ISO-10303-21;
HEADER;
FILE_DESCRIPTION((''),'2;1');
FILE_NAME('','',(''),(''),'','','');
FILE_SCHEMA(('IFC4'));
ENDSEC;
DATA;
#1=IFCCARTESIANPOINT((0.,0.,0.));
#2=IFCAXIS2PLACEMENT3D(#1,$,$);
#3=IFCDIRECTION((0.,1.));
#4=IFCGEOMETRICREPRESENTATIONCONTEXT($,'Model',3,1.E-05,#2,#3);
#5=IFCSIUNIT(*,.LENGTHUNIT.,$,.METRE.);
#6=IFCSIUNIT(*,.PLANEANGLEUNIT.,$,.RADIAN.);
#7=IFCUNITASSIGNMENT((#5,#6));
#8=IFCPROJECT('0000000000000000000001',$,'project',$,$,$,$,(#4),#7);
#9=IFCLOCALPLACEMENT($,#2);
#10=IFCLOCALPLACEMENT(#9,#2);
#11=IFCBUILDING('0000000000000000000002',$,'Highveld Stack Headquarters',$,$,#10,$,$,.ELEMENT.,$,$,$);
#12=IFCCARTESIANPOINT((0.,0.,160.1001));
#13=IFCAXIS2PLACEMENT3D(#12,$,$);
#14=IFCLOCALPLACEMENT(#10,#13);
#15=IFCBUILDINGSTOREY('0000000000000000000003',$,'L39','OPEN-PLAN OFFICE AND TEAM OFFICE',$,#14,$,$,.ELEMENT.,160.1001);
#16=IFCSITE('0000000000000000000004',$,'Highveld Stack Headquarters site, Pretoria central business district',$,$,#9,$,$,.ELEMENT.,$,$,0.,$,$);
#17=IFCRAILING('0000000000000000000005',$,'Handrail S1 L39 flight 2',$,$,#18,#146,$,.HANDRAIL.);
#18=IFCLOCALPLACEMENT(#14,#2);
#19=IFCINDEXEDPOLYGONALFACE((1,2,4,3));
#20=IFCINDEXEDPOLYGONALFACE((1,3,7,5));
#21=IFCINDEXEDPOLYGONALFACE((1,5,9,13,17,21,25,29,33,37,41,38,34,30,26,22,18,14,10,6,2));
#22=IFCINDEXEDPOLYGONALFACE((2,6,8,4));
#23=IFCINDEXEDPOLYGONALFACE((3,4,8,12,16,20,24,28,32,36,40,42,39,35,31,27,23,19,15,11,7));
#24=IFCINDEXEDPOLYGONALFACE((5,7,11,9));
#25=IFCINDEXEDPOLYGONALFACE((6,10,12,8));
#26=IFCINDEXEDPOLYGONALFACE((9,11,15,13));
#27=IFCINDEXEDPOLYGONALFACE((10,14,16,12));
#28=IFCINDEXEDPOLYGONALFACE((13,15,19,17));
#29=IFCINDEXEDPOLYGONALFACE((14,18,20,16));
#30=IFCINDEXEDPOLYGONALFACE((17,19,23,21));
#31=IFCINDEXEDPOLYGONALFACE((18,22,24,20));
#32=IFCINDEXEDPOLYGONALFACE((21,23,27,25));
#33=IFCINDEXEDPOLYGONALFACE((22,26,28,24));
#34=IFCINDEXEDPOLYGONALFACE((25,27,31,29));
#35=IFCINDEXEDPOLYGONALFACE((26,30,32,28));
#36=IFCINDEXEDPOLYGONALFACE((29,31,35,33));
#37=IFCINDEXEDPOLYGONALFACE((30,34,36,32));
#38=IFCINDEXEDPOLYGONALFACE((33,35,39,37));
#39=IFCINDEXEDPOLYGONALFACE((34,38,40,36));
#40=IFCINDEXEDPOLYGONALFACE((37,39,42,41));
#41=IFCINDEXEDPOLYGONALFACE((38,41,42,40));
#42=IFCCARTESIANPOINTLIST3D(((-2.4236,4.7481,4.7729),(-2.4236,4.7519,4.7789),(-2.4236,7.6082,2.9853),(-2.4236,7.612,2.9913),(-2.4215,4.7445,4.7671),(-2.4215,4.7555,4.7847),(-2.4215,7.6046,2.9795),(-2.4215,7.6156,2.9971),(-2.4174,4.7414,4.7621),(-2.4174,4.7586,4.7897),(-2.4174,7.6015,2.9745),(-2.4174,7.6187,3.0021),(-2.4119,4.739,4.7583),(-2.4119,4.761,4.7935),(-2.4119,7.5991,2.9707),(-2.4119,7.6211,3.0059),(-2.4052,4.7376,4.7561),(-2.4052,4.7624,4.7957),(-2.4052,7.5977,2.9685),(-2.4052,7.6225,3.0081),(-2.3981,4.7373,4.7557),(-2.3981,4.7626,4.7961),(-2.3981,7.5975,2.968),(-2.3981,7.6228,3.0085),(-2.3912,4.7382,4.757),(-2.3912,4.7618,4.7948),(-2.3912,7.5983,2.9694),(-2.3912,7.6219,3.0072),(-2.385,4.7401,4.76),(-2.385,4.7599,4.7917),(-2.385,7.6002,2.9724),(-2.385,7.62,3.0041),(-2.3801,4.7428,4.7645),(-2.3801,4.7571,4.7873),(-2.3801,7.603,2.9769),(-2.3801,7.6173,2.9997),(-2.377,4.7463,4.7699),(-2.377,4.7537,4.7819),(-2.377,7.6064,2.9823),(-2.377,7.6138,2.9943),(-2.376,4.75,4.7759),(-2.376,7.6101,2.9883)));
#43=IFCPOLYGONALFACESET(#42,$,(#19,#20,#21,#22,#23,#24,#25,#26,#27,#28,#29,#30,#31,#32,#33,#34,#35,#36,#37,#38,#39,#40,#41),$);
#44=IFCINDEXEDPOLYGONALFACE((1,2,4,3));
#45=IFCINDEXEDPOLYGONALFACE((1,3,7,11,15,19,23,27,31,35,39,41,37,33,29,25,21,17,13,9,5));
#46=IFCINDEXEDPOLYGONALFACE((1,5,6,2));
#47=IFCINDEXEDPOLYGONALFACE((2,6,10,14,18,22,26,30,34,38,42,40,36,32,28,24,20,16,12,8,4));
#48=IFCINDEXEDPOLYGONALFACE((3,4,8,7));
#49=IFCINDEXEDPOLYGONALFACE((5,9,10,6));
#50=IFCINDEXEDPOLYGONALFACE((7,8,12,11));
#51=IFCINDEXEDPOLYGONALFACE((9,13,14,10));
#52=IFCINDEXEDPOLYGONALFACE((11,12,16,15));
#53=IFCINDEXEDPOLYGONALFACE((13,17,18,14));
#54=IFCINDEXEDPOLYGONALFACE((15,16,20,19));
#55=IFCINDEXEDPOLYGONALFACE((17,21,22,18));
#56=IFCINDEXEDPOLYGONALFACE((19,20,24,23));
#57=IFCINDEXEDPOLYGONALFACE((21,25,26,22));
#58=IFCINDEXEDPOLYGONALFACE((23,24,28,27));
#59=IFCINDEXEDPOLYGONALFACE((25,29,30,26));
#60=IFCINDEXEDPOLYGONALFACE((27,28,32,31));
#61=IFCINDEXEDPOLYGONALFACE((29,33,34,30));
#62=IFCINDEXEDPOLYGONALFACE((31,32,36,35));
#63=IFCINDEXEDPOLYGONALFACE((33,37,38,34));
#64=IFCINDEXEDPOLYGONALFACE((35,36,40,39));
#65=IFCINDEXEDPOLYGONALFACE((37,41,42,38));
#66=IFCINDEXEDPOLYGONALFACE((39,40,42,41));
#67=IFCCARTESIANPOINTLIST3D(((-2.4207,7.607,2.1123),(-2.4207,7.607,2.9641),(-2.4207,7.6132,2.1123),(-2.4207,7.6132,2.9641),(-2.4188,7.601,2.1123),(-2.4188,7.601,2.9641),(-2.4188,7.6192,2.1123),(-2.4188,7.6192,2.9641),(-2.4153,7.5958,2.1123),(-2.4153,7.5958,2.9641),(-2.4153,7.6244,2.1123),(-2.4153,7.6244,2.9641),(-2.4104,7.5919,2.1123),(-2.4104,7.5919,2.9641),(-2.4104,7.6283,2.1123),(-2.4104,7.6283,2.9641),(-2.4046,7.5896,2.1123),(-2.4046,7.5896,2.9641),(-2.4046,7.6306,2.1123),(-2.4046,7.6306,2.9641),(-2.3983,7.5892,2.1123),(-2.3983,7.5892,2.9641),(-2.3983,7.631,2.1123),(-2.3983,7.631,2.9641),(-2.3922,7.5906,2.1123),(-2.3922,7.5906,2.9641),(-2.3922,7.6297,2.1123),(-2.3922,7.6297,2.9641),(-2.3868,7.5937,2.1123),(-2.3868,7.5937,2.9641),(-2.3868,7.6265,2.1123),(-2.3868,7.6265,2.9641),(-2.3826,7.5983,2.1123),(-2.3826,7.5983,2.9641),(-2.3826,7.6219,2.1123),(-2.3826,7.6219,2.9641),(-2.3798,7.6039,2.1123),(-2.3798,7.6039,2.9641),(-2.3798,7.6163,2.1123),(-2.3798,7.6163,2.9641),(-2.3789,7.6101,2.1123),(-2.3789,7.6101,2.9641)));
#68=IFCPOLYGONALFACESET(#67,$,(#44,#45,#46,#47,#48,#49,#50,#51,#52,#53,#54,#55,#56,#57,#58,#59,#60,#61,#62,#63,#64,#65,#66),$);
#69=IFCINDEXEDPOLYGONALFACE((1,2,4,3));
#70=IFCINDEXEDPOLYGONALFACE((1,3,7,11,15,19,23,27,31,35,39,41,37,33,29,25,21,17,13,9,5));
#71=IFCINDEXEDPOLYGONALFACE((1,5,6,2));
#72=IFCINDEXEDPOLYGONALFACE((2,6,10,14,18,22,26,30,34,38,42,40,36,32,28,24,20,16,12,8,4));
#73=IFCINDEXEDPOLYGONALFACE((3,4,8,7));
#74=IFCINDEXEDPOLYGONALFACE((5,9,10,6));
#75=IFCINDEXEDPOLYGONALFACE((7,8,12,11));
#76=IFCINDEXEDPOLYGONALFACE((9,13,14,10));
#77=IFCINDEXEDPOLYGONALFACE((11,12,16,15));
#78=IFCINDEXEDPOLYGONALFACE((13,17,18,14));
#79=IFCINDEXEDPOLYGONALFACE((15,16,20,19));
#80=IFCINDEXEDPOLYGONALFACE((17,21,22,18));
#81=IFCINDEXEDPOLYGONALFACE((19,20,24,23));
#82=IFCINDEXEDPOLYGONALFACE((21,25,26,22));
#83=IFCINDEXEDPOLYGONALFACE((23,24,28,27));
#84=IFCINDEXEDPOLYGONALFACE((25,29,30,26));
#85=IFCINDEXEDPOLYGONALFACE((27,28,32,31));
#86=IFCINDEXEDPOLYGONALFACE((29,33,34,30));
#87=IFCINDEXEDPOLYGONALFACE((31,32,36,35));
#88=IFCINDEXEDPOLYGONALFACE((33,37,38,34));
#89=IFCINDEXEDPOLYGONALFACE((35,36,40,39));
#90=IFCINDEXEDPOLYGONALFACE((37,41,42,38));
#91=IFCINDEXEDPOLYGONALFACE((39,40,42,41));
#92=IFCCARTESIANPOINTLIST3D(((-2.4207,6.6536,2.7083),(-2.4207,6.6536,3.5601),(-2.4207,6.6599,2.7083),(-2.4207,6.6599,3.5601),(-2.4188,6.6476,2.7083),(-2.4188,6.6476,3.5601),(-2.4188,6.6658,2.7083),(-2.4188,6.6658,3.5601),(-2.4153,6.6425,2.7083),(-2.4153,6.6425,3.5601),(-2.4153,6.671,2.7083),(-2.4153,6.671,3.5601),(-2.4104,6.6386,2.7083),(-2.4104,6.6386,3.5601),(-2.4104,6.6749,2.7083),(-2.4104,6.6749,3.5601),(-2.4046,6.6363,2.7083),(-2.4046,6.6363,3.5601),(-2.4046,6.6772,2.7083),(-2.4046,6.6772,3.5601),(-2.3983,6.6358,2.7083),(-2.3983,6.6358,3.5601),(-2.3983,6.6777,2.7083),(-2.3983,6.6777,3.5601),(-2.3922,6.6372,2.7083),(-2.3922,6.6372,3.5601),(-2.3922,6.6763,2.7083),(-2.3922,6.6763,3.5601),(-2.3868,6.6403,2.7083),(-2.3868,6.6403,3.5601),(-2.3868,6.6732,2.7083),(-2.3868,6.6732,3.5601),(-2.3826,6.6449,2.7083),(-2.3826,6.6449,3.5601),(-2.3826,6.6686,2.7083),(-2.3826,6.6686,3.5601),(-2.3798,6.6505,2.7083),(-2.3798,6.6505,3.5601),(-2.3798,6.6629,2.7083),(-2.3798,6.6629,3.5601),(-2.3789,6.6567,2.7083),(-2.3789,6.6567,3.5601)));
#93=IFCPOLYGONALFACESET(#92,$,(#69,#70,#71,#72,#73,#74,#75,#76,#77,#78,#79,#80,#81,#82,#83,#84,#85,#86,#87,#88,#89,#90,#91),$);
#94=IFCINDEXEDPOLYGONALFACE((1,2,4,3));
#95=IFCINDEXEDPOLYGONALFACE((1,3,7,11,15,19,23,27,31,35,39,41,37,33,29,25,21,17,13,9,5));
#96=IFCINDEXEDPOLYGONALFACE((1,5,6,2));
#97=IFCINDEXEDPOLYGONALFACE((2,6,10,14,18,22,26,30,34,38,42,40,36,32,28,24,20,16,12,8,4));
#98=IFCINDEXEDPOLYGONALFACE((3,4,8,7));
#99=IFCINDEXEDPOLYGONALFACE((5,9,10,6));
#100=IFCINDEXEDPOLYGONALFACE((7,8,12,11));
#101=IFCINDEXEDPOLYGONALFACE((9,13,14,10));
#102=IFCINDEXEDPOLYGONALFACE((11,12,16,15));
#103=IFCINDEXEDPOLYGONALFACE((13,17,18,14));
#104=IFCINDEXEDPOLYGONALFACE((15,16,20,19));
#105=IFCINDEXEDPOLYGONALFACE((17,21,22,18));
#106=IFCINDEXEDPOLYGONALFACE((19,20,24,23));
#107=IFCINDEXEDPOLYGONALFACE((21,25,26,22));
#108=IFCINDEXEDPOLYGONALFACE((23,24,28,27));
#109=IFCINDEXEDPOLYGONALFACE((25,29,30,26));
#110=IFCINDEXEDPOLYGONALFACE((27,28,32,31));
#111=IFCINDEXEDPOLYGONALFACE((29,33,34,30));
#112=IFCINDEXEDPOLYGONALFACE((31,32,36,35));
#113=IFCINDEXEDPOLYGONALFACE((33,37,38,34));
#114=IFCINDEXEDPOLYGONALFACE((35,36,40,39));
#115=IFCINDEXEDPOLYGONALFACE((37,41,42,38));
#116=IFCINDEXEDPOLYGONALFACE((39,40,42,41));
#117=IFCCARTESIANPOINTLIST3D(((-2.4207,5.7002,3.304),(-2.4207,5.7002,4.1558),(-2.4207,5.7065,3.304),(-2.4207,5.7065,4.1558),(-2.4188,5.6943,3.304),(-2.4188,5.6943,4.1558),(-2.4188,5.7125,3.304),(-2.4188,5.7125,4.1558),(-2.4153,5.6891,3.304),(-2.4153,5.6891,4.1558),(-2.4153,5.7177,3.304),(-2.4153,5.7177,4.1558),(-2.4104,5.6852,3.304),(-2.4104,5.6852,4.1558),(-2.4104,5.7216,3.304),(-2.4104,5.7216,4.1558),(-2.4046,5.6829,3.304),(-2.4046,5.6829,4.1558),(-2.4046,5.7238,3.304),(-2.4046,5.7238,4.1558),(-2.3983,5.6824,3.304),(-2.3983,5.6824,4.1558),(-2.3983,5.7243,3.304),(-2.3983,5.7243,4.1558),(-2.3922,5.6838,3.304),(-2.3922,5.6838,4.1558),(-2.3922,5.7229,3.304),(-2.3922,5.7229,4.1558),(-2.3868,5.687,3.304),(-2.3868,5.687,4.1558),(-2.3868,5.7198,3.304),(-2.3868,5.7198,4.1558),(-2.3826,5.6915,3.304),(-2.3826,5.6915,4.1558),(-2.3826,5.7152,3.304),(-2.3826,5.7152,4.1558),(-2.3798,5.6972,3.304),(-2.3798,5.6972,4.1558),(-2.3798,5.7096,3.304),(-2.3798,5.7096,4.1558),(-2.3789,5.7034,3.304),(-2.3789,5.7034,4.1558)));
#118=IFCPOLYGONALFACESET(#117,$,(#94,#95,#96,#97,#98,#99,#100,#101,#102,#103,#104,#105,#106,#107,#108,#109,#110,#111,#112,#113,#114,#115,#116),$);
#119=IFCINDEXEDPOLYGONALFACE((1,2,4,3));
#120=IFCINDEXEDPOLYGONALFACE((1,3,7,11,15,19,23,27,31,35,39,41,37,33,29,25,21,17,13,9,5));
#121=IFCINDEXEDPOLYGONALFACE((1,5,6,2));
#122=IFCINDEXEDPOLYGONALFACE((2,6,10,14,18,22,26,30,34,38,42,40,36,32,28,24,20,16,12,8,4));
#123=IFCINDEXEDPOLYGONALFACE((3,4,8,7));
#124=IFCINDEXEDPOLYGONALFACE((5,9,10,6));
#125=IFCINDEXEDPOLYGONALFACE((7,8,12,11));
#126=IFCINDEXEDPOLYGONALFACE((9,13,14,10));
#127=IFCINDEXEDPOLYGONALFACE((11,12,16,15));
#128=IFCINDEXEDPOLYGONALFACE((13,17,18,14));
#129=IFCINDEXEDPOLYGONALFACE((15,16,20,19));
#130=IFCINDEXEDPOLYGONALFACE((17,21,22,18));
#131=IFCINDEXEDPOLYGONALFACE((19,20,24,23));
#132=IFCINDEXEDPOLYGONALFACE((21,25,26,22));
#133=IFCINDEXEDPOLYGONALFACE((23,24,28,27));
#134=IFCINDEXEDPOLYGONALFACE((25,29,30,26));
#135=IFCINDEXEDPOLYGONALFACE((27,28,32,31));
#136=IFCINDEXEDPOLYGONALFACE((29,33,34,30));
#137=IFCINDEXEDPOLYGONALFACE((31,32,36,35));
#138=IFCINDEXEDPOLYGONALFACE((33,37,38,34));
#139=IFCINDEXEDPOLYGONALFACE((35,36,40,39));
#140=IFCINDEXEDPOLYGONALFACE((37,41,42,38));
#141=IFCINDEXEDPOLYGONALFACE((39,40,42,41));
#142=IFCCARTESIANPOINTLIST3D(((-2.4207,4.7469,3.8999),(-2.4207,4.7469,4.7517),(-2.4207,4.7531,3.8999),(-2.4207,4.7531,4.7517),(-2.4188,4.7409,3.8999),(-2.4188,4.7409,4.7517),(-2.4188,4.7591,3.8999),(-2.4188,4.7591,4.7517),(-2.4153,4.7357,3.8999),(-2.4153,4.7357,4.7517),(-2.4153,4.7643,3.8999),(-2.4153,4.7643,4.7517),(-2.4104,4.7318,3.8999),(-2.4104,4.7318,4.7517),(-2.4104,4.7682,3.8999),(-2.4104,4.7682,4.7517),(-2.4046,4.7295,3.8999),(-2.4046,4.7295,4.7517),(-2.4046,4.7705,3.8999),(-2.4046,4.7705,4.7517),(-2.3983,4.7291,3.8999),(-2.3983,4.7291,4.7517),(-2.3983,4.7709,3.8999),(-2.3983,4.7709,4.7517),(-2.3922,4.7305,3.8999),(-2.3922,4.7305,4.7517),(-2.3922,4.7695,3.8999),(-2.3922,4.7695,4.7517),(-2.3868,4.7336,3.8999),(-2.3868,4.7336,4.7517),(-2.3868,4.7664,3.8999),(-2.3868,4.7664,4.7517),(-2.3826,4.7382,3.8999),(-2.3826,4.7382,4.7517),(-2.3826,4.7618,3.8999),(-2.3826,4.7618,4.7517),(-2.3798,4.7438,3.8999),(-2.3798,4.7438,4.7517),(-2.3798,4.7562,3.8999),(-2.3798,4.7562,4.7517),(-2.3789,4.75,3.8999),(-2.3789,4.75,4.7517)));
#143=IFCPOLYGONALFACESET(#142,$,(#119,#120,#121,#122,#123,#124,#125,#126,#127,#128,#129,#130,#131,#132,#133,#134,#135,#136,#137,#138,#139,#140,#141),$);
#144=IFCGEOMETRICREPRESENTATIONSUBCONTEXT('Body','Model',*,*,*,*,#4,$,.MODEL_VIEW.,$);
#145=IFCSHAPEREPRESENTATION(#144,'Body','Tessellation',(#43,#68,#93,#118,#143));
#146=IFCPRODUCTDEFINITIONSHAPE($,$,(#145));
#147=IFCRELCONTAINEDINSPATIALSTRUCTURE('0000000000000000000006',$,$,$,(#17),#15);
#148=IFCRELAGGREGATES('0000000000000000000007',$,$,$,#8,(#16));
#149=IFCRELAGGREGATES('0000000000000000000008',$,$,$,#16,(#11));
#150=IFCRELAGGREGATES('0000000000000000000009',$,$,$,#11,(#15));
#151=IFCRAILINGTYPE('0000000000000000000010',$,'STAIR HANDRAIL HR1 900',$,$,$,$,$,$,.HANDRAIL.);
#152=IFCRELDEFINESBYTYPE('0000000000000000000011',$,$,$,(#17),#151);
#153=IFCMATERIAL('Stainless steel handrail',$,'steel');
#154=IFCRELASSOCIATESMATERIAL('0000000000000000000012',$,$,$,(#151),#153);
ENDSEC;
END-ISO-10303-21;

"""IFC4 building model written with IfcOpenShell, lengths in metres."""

from ifc_helpers import new_model, si_unit, direction, frame, origin, origin_2d, place, context, subcontext, project, spatial, circle, extrude, material, type_object, element, save


model = new_model("IFC4")

# Units and contexts
model_context = context("Model", 3, precision=1e-05, world=origin(), true_north=direction((0.0, 1.0)))
body_context = subcontext(model_context, "Body", "Model", "MODEL_VIEW")
ifc_project = project(units=[si_unit("LENGTHUNIT", "METRE"), si_unit("PLANEANGLEUNIT", "RADIAN")], contexts=[model_context])

# Site, building, storey
site_placement = place(None, origin())
site = spatial("IfcSite", under=ifc_project, at=site_placement, Name="Highveld Stack Headquarters site, Pretoria central business district", CompositionType="ELEMENT", RefElevation=0.0)
building_placement = place(site_placement, origin())
building = spatial("IfcBuilding", under=site, at=building_placement, Name="Highveld Stack Headquarters", CompositionType="ELEMENT")
storey_placement = place(building_placement, frame((0.0, 0.0, 160.1001)))
storey = spatial("IfcBuildingStorey", under=building, at=storey_placement, Name="L39", Description="OPEN-PLAN OFFICE AND TEAM OFFICE", CompositionType="ELEMENT", Elevation=160.1001)

# Railing
ifc_material_1 = material(Name="Stainless steel handrail", Category="steel")
railing_type = type_object("IfcRailingType", Name="STAIR HANDRAIL HR1 900", PredefinedType="HANDRAIL", material=ifc_material_1)
for number, where, name in (
    (1, (-2.3999, 7.6101, 2.1123), "Handrail S1 L39 flight 2"),
):
    element("IfcRailing", number, at=place(storey_placement, frame(where)), inside=storey, type_object=railing_type, Name=name, PredefinedType="HANDRAIL", context=body_context, shape_type="SweptSolid", body=[
        extrude(circle(Radius=0.0239, at=origin_2d()), frame((0.0, 0.0, 0.876), z_axis=(0.0, -0.847994, 0.530005), x_axis=(1.0, 0.0, 0.0)), (0.0, 0.0, 1.0), 3.3728),
        extrude(circle(Radius=0.021, at=origin_2d()), origin(), (0.0, 0.0, 1.0), 0.8518),
        extrude(circle(Radius=0.021, at=origin_2d()), frame((0.0, -0.9534, 0.5959)), (0.0, 0.0, 1.0), 0.8518),
        extrude(circle(Radius=0.021, at=origin_2d()), frame((0.0, -1.9067, 1.1917)), (0.0, 0.0, 1.0), 0.8518),
        extrude(circle(Radius=0.021, at=origin_2d()), frame((0.0, -2.8601, 1.7876)), (0.0, 0.0, 1.0), 0.8518),
    ])

save(model, "model.ifc")
